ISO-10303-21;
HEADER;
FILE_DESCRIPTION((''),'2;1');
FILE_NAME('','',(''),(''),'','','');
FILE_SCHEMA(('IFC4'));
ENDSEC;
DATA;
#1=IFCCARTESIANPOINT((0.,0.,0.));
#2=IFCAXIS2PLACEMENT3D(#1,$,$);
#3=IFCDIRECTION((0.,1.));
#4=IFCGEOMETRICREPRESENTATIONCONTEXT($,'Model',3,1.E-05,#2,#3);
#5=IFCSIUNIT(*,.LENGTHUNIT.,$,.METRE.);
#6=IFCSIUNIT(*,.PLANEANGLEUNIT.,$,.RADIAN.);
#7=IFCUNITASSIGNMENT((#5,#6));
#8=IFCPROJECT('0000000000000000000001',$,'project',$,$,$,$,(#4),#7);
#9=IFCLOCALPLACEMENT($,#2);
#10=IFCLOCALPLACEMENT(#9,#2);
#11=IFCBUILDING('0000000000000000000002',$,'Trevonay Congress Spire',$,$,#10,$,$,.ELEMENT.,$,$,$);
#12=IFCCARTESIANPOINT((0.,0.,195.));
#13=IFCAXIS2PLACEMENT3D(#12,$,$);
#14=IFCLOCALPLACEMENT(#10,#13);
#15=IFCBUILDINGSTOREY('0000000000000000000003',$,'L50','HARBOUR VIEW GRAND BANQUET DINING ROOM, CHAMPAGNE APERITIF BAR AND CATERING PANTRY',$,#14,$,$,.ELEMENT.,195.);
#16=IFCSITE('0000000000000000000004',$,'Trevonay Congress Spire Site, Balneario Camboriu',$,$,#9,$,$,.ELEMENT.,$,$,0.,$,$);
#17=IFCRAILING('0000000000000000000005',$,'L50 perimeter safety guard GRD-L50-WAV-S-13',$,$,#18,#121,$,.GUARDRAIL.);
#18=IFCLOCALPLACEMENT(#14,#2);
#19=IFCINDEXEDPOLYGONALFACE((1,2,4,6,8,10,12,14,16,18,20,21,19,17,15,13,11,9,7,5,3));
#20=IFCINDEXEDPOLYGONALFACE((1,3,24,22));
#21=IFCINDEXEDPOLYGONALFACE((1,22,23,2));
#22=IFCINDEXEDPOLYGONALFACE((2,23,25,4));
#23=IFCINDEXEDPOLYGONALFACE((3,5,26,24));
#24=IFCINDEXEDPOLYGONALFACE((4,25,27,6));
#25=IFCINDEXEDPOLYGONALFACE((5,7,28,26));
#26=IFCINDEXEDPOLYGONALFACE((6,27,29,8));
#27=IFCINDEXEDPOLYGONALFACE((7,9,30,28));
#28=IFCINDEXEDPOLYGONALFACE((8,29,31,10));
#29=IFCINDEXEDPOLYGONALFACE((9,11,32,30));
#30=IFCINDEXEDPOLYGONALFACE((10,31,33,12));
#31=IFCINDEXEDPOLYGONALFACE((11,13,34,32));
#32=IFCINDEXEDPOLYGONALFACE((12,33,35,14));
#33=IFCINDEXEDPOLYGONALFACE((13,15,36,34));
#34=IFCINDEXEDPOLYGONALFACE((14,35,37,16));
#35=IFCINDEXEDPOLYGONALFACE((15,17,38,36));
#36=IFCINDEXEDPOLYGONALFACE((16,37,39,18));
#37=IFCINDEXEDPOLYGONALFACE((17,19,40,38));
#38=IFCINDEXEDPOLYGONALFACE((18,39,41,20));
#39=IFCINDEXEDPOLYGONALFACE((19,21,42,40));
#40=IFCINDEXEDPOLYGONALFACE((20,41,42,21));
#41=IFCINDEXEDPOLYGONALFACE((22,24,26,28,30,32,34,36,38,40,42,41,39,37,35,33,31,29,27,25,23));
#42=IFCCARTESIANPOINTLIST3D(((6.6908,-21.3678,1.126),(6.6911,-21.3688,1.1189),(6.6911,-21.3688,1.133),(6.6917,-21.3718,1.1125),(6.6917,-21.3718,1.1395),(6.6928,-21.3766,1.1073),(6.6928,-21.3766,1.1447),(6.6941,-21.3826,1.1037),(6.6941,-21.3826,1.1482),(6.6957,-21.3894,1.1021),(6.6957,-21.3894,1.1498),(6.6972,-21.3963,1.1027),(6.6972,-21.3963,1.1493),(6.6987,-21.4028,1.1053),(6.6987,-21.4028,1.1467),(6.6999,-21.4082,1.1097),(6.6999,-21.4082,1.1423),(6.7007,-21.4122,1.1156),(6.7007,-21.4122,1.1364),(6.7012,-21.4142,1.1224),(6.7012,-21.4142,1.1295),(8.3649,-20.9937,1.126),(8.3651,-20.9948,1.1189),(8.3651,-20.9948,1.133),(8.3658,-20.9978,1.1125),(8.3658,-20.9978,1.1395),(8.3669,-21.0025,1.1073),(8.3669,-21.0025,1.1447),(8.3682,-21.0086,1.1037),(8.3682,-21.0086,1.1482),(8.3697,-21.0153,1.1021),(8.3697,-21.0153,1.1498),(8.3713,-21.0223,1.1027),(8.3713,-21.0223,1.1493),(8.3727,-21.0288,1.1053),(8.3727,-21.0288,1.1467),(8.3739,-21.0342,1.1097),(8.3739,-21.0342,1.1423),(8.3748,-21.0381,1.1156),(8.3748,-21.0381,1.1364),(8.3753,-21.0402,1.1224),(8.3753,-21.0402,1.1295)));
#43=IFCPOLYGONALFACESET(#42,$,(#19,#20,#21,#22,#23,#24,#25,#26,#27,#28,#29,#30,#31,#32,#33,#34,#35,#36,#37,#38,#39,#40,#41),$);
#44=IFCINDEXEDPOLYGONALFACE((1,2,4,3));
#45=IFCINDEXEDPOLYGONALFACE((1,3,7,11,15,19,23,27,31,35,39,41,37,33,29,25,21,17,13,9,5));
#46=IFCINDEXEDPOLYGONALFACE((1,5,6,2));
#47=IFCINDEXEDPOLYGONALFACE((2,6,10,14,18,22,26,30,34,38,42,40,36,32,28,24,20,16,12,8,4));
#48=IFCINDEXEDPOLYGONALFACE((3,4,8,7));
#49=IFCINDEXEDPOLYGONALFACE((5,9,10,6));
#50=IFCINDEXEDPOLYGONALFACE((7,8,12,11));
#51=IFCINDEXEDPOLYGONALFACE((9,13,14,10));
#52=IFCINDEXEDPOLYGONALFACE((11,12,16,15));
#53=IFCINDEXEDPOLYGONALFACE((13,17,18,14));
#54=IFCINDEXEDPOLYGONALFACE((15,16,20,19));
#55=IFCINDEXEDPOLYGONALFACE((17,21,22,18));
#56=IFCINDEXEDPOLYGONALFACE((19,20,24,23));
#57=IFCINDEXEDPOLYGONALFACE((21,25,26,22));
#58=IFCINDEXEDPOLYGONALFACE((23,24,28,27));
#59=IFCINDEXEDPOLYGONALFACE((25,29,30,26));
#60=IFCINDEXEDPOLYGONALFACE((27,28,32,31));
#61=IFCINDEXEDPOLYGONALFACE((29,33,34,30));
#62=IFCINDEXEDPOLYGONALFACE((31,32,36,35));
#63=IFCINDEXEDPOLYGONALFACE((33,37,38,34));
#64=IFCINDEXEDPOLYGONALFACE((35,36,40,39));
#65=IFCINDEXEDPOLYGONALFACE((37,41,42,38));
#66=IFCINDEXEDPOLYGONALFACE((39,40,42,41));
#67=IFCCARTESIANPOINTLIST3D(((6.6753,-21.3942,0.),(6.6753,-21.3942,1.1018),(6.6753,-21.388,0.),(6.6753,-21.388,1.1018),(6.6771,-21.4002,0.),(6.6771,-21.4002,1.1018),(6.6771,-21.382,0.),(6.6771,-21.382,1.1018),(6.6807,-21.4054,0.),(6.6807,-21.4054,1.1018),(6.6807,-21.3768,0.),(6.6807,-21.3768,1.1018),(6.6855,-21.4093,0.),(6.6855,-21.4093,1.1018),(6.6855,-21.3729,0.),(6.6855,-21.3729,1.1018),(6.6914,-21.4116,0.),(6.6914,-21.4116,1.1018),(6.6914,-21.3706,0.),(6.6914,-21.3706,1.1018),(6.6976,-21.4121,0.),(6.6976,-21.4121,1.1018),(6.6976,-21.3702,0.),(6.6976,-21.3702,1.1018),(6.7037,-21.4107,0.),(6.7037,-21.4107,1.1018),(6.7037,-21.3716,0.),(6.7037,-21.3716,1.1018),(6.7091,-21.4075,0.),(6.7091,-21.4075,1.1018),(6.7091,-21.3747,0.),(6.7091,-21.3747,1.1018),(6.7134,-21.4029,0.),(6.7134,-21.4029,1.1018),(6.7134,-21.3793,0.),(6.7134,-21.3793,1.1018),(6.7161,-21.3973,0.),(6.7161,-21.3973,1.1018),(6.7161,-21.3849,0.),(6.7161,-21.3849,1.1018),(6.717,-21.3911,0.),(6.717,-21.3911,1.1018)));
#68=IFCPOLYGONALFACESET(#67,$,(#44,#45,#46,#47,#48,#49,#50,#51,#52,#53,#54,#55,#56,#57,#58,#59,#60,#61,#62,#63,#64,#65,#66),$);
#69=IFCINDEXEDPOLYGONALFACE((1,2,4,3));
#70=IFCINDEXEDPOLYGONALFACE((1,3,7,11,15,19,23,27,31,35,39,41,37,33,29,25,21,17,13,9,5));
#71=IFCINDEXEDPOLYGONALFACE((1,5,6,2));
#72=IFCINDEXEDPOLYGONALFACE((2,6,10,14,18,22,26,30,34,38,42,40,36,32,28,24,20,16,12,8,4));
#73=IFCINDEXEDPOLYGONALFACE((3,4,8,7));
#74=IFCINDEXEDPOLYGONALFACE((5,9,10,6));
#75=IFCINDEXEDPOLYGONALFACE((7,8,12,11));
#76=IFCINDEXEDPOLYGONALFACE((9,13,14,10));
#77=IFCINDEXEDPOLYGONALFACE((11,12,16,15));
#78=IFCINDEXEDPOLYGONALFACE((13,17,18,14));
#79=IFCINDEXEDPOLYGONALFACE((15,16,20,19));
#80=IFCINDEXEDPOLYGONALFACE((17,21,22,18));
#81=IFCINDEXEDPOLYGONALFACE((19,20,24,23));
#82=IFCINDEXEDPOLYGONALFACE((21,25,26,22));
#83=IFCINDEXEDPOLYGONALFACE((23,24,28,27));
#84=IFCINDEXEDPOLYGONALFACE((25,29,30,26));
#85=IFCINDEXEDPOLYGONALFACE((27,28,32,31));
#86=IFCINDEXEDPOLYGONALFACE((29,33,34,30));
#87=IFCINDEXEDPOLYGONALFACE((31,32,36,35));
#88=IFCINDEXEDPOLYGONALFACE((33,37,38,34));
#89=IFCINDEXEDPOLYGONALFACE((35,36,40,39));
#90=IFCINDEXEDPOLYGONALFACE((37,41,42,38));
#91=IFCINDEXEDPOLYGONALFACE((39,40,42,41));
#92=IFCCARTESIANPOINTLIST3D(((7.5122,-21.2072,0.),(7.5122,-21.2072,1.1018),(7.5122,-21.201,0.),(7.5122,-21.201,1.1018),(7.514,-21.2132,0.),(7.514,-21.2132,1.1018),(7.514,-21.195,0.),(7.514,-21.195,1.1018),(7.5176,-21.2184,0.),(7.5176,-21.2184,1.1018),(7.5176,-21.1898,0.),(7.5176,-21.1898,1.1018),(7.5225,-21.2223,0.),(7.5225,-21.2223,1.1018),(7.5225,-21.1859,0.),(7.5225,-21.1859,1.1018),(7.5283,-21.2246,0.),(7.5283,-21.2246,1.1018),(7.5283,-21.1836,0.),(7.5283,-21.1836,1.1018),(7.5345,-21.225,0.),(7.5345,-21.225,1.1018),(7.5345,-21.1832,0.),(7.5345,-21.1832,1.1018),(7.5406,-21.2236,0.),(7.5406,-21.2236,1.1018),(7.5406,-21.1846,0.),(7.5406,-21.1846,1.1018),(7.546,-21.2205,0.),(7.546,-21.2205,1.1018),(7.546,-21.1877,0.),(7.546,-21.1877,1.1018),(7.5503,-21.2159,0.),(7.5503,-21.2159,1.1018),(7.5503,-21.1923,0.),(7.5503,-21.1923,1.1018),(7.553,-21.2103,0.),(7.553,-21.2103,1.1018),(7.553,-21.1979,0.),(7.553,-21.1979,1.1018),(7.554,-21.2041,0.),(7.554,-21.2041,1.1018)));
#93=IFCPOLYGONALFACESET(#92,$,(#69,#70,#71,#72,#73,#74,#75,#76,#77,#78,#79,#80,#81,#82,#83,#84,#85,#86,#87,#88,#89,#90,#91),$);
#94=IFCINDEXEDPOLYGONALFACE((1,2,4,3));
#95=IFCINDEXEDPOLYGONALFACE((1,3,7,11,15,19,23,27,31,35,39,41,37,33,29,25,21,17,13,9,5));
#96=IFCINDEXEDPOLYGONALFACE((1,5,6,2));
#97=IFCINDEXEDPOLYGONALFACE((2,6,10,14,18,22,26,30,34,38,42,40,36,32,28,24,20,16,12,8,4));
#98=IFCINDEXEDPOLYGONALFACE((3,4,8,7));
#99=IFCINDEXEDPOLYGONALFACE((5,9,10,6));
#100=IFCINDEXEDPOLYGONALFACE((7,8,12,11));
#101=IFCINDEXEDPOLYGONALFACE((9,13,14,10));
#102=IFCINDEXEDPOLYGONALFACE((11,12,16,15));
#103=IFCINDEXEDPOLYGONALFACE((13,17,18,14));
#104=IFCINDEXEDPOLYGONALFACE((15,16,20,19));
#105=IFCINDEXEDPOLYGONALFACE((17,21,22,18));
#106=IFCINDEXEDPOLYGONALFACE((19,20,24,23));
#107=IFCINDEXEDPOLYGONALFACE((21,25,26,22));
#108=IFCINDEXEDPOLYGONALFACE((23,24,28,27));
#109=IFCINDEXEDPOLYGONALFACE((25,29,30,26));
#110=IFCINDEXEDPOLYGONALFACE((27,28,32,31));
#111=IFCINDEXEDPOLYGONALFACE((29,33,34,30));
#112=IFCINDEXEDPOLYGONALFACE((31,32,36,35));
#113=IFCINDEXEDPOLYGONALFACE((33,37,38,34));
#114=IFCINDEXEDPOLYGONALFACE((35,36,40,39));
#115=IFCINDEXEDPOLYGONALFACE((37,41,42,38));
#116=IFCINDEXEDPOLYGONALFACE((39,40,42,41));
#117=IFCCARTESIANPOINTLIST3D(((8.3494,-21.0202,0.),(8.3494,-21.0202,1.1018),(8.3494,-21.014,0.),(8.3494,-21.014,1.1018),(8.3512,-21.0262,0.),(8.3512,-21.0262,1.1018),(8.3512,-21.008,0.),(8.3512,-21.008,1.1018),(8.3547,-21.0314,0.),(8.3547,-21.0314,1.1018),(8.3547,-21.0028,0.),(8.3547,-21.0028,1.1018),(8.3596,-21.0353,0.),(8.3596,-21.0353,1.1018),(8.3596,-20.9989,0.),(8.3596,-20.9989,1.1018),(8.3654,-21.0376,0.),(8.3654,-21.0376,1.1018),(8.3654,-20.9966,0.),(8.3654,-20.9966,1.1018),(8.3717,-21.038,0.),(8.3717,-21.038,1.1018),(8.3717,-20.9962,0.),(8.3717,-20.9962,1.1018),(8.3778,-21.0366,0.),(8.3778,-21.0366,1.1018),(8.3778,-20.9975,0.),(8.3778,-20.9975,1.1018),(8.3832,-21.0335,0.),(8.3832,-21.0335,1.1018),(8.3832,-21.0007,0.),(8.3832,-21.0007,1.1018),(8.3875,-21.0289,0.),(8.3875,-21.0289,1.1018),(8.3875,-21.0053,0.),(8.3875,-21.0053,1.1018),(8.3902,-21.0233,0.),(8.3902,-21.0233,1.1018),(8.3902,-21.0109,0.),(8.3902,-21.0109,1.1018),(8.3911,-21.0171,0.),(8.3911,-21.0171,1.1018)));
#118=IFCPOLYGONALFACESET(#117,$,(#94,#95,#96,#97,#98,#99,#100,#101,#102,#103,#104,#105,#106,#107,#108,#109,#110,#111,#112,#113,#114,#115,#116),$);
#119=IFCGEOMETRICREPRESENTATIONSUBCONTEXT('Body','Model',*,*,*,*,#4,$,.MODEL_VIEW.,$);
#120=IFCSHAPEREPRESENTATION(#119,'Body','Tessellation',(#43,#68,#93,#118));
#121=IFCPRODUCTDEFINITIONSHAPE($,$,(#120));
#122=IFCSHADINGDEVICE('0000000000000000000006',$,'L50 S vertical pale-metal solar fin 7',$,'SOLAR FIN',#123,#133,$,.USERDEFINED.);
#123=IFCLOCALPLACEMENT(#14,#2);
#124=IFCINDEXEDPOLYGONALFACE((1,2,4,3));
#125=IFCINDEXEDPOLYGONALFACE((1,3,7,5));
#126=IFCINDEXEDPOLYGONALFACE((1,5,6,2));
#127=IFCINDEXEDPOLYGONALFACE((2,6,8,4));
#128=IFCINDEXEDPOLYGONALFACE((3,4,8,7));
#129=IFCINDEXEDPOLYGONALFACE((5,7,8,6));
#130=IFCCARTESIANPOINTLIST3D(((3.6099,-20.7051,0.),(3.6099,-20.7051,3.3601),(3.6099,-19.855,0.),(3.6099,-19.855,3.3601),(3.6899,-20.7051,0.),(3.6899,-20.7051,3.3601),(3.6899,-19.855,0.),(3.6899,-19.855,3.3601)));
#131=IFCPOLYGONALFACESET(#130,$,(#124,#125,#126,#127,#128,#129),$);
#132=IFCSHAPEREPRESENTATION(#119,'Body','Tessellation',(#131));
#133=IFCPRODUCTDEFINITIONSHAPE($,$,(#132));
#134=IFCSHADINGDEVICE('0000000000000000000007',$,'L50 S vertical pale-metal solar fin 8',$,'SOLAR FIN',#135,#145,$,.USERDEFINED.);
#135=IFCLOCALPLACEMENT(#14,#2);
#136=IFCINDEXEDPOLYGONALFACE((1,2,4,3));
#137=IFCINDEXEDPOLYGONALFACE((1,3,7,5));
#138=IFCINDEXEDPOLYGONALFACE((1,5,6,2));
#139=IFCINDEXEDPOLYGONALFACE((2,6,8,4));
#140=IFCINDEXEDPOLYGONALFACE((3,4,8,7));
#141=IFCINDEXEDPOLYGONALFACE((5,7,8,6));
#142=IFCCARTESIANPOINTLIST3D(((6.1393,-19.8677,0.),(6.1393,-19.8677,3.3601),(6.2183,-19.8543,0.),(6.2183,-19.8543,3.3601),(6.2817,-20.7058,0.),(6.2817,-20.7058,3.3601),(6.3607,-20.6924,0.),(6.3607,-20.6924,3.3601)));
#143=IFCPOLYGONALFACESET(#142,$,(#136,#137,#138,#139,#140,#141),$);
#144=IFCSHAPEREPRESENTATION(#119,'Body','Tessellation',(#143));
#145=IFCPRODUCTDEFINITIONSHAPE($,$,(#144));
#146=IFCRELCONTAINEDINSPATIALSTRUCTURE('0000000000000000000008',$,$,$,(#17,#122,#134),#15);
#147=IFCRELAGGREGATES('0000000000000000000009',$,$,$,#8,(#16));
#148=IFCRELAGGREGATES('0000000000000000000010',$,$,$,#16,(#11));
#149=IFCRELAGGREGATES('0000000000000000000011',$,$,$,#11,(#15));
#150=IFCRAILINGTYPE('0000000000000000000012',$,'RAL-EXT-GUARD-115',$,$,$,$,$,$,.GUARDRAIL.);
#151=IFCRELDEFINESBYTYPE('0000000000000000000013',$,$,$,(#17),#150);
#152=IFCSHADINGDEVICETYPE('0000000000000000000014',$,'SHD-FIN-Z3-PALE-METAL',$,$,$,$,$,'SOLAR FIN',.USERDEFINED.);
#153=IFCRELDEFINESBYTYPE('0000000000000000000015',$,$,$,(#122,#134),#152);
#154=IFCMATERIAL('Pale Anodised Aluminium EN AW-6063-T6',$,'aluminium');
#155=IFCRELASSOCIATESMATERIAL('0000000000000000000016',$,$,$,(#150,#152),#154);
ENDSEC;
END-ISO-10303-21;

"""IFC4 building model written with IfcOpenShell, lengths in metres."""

from ifc_helpers import new_model, si_unit, direction, frame, origin, origin_2d, place, context, subcontext, project, spatial, rectangle, circle, extrude, material, type_object, element, save


model = new_model("IFC4")

# Units and contexts
model_context = context("Model", 3, precision=1e-05, world=origin(), true_north=direction((0.0, 1.0)))
body_context = subcontext(model_context, "Body", "Model", "MODEL_VIEW")
ifc_project = project(units=[si_unit("LENGTHUNIT", "METRE"), si_unit("PLANEANGLEUNIT", "RADIAN")], contexts=[model_context])

# Site, building, storey
site_placement = place(None, origin())
site = spatial("IfcSite", under=ifc_project, at=site_placement, Name="Trevonay Congress Spire Site, Balneario Camboriu", CompositionType="ELEMENT", RefElevation=0.0)
building_placement = place(site_placement, origin())
building = spatial("IfcBuilding", under=site, at=building_placement, Name="Trevonay Congress Spire", CompositionType="ELEMENT")
storey_placement = place(building_placement, frame((0.0, 0.0, 195.0)))
storey = spatial("IfcBuildingStorey", under=building, at=storey_placement, Name="L50", Description="HARBOUR VIEW GRAND BANQUET DINING ROOM, CHAMPAGNE APERITIF BAR AND CATERING PANTRY", CompositionType="ELEMENT", Elevation=195.0)

# Shared definitions
ifc_material_1 = material(Name="Pale Anodised Aluminium EN AW-6063-T6", Category="aluminium")

# Railing
railing_type = type_object("IfcRailingType", Name="RAL-EXT-GUARD-115", PredefinedType="GUARDRAIL", material=ifc_material_1)
railing_1_placement = place(storey_placement, frame((6.696, -21.3911, 0.0)))
element("IfcRailing", 1, at=railing_1_placement, inside=storey, type_object=railing_type, Name="L50 perimeter safety guard GRD-L50-WAV-S-13", PredefinedType="GUARDRAIL", context=body_context, shape_type="SweptSolid", body=[
    extrude(circle(Radius=0.0239, at=origin_2d()), frame((0.0, 0.0, 1.126), z_axis=(0.975939, 0.218045, 0.0), x_axis=(-0.218045, 0.975939, 0.0)), (0.0, 0.0, 1.0), 1.7153),
    extrude(circle(Radius=0.021, at=origin_2d()), origin(), (0.0, 0.0, 1.0), 1.1018),
    extrude(circle(Radius=0.021, at=origin_2d()), frame((0.8369, 0.187, 0.0)), (0.0, 0.0, 1.0), 1.1018),
    extrude(circle(Radius=0.021, at=origin_2d()), frame((1.6741, 0.374, 0.0)), (0.0, 0.0, 1.0), 1.1018),
])

# Shading devices
shading_device_type = type_object("IfcShadingDeviceType", Name="SHD-FIN-Z3-PALE-METAL", ElementType="SOLAR FIN", PredefinedType="USERDEFINED", material=ifc_material_1)
for number, where, z_axis, x_axis, name in (
    (2, (3.6499, -20.28, 0.0), (0.0, 0.0, 1.0), (1.0, 0.0, 0.0), "L50 S vertical pale-metal solar fin 7"),
    (3, (6.25, -20.28, 0.0), (0.0, 0.0, 1.0), (0.985879, 0.167457, 0.0), "L50 S vertical pale-metal solar fin 8"),
):
    element("IfcShadingDevice", number, at=place(storey_placement, frame(where, z_axis=z_axis, x_axis=x_axis)), inside=storey, type_object=shading_device_type, Name=name, ObjectType="SOLAR FIN", PredefinedType="USERDEFINED", context=body_context, shape_type="SweptSolid", body=[
        extrude(rectangle(XDim=0.0801, YDim=0.8501, at=origin_2d()), origin(), (0.0, 0.0, 1.0), 3.3601),
    ])

save(model, "model.ifc")
